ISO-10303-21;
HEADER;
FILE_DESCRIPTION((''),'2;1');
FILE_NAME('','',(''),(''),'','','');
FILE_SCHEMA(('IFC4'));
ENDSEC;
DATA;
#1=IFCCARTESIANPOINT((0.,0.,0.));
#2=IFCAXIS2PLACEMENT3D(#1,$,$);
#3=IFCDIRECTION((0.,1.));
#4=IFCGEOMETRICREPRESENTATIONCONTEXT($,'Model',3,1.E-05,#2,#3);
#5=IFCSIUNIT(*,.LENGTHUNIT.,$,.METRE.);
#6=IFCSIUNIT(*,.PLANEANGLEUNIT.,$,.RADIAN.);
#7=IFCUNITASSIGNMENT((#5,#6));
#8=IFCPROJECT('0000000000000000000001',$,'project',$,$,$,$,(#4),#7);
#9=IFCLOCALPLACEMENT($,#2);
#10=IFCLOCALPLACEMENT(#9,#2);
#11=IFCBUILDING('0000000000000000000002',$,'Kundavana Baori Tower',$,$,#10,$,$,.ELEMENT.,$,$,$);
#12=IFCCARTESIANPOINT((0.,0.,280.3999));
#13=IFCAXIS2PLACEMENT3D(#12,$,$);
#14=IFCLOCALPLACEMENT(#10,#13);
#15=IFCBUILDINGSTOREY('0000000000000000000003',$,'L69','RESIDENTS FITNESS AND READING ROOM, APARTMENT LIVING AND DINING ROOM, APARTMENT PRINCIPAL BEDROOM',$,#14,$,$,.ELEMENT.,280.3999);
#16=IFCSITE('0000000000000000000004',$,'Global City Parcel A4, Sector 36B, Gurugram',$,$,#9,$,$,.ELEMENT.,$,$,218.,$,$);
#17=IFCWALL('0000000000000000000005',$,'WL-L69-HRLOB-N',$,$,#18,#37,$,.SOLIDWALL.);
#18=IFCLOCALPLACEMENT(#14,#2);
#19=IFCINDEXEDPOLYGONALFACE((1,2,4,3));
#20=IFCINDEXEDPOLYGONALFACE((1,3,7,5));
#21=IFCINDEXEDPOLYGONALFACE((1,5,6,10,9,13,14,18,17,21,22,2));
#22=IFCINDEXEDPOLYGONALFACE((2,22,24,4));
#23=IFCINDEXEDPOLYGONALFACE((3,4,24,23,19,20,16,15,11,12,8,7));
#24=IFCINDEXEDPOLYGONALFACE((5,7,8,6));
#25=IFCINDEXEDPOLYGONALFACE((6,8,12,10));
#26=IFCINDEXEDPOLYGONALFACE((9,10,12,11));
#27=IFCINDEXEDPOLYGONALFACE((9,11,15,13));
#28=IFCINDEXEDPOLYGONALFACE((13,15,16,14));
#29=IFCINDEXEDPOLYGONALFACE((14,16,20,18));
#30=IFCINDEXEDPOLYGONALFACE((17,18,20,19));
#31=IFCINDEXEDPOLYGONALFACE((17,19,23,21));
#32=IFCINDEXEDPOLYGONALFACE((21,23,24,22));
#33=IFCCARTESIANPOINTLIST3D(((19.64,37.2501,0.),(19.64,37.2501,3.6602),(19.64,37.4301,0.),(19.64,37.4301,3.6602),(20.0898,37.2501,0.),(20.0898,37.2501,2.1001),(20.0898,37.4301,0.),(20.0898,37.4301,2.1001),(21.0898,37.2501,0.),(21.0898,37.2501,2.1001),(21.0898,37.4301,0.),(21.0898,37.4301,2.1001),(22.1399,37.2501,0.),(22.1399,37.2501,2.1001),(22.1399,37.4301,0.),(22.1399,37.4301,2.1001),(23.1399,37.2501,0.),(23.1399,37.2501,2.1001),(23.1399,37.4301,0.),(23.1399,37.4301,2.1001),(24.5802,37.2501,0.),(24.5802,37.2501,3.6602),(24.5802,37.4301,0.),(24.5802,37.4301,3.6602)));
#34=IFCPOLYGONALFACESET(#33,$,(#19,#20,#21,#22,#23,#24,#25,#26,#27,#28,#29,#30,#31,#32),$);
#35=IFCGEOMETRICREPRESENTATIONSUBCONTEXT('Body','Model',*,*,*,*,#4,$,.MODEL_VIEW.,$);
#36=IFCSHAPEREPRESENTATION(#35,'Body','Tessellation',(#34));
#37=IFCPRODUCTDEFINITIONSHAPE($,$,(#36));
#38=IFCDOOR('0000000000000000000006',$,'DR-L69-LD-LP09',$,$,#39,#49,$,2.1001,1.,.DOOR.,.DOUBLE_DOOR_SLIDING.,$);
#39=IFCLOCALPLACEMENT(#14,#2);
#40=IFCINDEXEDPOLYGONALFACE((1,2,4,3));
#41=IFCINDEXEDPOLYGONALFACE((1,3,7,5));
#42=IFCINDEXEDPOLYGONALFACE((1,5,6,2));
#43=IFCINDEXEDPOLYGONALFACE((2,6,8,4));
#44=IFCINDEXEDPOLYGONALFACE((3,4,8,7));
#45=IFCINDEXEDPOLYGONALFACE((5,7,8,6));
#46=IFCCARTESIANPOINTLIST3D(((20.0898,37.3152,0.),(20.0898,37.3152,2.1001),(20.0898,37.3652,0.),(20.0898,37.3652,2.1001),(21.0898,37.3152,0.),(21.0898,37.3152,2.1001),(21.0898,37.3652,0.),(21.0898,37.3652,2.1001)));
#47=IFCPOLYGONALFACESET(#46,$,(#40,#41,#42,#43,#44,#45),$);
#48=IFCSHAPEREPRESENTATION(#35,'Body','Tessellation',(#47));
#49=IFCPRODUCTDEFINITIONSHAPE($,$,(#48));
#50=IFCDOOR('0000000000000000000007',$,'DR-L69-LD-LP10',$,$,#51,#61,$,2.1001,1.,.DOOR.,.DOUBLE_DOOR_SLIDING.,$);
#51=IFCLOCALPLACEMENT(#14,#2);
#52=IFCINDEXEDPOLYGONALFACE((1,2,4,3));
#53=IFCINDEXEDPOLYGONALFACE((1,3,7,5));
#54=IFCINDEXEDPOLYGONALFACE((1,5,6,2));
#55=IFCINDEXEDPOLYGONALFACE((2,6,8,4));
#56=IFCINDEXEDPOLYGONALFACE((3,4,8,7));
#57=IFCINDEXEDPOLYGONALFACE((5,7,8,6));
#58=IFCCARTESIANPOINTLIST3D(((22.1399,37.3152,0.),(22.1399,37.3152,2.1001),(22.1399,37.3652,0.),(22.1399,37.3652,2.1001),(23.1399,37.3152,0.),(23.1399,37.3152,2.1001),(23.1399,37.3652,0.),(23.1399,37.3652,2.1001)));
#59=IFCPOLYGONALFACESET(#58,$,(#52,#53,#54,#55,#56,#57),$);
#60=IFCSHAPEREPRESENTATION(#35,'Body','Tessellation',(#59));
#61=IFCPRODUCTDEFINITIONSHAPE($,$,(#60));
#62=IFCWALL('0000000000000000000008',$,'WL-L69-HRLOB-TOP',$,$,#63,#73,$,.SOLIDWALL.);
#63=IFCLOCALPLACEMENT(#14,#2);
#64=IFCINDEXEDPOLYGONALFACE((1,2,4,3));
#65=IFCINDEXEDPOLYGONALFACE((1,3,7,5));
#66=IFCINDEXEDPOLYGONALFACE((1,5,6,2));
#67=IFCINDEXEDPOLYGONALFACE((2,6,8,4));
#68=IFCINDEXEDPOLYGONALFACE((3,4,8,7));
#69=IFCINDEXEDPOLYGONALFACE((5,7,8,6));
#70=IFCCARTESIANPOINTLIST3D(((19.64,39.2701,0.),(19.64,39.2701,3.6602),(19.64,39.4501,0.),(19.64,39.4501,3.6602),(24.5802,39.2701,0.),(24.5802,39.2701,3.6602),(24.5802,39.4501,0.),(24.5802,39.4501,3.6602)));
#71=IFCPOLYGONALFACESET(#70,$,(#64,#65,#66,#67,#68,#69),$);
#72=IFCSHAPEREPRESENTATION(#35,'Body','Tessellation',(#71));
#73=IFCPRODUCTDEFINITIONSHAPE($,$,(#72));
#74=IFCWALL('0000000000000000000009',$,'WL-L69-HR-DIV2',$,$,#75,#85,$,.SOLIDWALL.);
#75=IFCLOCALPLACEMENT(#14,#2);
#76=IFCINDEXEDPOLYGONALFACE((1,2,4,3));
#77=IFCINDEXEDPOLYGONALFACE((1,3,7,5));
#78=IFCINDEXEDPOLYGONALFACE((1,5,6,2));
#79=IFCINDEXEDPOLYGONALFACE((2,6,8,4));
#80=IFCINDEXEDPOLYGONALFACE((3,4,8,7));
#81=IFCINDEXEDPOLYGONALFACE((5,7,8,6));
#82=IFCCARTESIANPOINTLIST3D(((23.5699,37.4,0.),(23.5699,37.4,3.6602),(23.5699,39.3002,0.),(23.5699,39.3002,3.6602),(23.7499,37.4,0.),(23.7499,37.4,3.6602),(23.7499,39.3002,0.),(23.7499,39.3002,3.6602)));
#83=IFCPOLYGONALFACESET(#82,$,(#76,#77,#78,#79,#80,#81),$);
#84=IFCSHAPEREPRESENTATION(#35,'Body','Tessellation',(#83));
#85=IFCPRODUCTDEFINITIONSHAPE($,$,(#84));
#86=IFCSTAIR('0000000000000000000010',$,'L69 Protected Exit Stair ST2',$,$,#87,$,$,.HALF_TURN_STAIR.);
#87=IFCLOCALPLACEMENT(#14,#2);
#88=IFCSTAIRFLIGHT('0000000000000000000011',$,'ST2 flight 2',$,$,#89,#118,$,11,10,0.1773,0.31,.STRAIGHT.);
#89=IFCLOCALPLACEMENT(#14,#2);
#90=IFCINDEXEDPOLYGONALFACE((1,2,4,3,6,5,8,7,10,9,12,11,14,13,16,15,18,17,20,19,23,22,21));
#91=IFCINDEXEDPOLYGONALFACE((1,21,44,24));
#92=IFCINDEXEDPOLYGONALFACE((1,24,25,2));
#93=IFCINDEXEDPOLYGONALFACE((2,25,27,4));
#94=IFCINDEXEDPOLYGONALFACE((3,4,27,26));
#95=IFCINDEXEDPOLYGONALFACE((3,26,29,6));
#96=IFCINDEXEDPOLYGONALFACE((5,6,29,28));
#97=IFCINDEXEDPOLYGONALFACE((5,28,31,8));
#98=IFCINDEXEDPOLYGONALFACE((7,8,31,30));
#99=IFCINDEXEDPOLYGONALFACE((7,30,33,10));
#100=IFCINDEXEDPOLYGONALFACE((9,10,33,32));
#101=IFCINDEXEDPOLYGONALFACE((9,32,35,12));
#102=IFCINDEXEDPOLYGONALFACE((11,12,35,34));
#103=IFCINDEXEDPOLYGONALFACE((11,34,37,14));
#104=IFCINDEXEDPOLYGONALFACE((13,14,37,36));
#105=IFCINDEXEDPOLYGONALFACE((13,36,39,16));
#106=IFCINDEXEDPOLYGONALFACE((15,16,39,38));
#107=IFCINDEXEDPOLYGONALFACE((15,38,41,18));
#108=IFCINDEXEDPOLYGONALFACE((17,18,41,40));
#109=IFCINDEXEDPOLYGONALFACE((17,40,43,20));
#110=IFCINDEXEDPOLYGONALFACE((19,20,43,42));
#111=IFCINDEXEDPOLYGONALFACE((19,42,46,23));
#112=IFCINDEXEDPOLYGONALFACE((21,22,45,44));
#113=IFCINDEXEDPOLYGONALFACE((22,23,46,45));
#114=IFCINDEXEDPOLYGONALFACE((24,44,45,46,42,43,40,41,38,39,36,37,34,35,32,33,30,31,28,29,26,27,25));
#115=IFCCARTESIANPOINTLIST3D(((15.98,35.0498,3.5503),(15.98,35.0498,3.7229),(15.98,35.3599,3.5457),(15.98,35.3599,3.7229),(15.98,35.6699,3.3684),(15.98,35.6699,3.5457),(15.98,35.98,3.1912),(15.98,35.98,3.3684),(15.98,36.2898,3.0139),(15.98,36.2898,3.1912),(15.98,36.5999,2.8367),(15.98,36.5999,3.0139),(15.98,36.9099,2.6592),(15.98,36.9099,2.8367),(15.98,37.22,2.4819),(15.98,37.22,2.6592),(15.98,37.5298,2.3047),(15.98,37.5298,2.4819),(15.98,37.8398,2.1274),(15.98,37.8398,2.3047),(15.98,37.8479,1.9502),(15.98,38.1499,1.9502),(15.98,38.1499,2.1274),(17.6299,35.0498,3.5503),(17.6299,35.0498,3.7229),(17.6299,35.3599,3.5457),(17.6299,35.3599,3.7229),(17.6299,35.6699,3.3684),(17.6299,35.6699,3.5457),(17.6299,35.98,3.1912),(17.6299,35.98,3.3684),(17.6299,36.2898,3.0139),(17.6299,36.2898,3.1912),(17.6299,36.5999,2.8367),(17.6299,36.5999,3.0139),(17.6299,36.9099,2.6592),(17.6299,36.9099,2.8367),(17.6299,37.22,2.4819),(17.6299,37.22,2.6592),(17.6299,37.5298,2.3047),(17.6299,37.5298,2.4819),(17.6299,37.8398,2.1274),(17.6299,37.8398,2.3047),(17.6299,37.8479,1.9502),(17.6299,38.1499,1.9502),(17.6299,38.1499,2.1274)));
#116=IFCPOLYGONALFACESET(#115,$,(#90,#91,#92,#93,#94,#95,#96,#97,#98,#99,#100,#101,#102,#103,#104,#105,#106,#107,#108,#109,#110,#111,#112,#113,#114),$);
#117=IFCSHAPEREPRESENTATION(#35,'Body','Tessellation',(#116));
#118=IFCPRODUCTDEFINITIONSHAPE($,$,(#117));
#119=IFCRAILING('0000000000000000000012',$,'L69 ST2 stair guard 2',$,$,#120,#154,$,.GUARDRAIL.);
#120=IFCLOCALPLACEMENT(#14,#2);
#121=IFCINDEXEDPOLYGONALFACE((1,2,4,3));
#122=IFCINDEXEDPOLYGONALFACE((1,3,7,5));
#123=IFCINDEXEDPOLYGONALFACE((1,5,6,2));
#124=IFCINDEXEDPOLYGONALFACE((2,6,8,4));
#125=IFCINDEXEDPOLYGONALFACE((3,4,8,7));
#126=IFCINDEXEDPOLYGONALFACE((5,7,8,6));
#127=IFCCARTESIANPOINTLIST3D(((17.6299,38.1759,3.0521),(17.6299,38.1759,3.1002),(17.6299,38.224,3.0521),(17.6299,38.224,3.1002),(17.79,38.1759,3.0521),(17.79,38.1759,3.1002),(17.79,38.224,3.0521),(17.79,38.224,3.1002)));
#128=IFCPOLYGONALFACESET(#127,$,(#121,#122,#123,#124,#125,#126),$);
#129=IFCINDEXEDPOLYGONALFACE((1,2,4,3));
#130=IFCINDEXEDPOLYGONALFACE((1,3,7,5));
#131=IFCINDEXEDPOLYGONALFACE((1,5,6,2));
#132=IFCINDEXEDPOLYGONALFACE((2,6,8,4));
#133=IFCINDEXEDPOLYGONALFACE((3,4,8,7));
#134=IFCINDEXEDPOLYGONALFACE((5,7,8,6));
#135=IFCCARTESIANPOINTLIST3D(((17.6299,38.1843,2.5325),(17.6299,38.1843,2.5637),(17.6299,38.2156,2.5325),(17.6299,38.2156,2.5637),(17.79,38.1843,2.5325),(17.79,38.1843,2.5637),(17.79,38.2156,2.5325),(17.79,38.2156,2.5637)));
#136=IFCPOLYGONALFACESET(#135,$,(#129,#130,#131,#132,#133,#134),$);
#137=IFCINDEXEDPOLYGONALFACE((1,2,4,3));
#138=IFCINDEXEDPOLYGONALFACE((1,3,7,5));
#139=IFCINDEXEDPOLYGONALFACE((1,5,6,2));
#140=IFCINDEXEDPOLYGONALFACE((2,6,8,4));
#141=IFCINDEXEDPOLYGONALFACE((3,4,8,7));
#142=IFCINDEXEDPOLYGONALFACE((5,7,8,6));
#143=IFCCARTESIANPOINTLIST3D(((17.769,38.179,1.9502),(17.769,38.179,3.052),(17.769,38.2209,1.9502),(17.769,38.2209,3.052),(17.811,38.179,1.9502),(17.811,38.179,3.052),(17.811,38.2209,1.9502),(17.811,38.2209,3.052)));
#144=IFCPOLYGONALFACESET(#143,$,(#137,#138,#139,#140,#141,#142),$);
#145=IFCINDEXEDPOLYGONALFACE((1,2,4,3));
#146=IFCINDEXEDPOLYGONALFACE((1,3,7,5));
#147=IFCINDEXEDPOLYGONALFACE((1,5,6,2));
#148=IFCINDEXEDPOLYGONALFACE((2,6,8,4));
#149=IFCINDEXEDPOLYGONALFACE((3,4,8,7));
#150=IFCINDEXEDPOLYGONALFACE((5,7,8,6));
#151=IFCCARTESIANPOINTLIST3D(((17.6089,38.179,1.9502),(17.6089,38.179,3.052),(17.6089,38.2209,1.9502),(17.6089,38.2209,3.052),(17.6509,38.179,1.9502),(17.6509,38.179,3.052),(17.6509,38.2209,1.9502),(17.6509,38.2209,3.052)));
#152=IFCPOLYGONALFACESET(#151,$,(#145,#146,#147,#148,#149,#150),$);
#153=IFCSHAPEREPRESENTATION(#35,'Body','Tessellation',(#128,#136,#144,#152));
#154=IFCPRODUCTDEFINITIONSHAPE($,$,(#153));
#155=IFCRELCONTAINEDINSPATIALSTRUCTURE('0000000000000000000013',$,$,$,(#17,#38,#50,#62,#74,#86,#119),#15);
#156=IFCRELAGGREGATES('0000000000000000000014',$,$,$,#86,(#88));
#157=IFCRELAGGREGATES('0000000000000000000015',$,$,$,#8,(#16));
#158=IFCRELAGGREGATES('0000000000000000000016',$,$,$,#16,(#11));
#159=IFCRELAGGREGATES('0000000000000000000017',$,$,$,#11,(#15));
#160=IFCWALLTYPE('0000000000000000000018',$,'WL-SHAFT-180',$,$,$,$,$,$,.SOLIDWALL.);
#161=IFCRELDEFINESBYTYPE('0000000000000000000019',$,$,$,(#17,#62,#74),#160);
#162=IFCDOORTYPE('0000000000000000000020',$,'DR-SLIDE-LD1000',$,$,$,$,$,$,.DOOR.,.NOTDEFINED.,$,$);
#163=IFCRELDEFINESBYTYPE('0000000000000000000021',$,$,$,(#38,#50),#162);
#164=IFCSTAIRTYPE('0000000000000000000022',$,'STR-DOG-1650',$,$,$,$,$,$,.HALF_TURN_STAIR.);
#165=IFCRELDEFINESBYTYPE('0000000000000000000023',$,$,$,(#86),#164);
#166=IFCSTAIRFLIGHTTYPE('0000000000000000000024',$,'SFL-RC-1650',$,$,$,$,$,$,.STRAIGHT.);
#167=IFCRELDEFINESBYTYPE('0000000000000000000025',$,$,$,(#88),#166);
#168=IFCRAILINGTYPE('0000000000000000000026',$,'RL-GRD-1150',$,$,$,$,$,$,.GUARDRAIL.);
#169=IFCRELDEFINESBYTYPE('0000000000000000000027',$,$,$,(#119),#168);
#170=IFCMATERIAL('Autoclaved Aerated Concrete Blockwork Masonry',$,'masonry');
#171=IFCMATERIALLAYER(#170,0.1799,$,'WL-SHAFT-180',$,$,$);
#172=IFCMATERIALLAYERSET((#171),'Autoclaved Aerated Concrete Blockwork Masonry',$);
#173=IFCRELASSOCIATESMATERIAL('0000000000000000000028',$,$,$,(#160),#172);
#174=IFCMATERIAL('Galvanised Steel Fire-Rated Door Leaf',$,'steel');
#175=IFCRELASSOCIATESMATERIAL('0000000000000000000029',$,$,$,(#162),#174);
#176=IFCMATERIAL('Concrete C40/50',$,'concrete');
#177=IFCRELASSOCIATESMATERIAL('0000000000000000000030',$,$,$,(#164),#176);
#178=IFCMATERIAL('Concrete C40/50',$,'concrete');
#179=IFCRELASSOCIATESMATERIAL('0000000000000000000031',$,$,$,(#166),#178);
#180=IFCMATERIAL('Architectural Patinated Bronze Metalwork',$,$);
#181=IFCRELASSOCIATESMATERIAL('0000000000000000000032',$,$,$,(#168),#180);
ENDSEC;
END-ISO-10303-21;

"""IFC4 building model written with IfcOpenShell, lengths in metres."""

from ifc_helpers import new_model, si_unit, direction, frame, frame_2d, origin, origin_2d, place, context, subcontext, project, spatial, polyline, rectangle, outline, extrude, material, layer, layer_set, type_object, element, fill, aggregate, save


model = new_model("IFC4")

# Units and contexts
model_context = context("Model", 3, precision=1e-05, world=origin(), true_north=direction((0.0, 1.0)))
body_context = subcontext(model_context, "Body", "Model", "MODEL_VIEW")
ifc_project = project(units=[si_unit("LENGTHUNIT", "METRE"), si_unit("PLANEANGLEUNIT", "RADIAN")], contexts=[model_context])

# Site, building, storey
site_placement = place(None, origin())
site = spatial("IfcSite", under=ifc_project, at=site_placement, Name="Global City Parcel A4, Sector 36B, Gurugram", CompositionType="ELEMENT", RefElevation=218.0)
building_placement = place(site_placement, origin())
building = spatial("IfcBuilding", under=site, at=building_placement, Name="Kundavana Baori Tower", CompositionType="ELEMENT")
storey_placement = place(building_placement, frame((0.0, 0.0, 280.3999)))
storey = spatial("IfcBuildingStorey", under=building, at=storey_placement, Name="L69", Description="RESIDENTS FITNESS AND READING ROOM, APARTMENT LIVING AND DINING ROOM, APARTMENT PRINCIPAL BEDROOM", CompositionType="ELEMENT", Elevation=280.3999)

# Wall, openings, doors
ifc_material_1 = material(Name="Autoclaved Aerated Concrete Blockwork Masonry", Category="masonry")
ifc_layer_1 = layer(ifc_material_1, 0.1799, Name="WL-SHAFT-180")
ifc_layer_set_1 = layer_set([ifc_layer_1], Name="Autoclaved Aerated Concrete Blockwork Masonry")
wall_type_1 = type_object("IfcWallType", Name="WL-SHAFT-180", PredefinedType="SOLIDWALL", material=ifc_layer_set_1)
wall_1_placement = place(storey_placement, frame((19.6399, 37.3401, 0.0), z_axis=(0.0, 0.0, 1.0), x_axis=(1.0, 0.0, 0.0)))
wall_1 = element("IfcWall", 1, at=wall_1_placement, inside=storey, type_object=wall_type_1, Name="WL-L69-HRLOB-N", PredefinedType="SOLIDWALL", context=body_context, shape_type="SweptSolid", body=[
    extrude(rectangle(XDim=4.9402, YDim=0.1799, at=frame_2d((2.4702, 0.0))), origin(), (0.0, 0.0, 1.0), 3.6602),
])
opening_1_placement = place(wall_1_placement, frame((0.45, 0.0, 0.0)))
opening_1 = element("IfcOpeningElement", 2, at=opening_1_placement, cuts=wall_1, PredefinedType="OPENING", context=body_context, shape_type="SweptSolid", body=[
    extrude(rectangle(XDim=1.0, YDim=2.1001, at=frame_2d((0.5, 1.05))), frame((0.0, 0.1001, 0.0), z_axis=(0.0, -1.0, 0.0), x_axis=(1.0, 0.0, 0.0)), (0.0, 0.0, 1.0), 0.2),
])
opening_2_placement = place(wall_1_placement, frame((2.5, 0.0, 0.0)))
opening_2 = element("IfcOpeningElement", 3, at=opening_2_placement, cuts=wall_1, PredefinedType="OPENING", context=body_context, shape_type="SweptSolid", body=[
    extrude(rectangle(XDim=1.0, YDim=2.1001, at=frame_2d((0.5, 1.05))), frame((0.0, 0.1001, 0.0), z_axis=(0.0, -1.0, 0.0), x_axis=(1.0, 0.0, 0.0)), (0.0, 0.0, 1.0), 0.2),
])
ifc_material_2 = material(Name="Galvanised Steel Fire-Rated Door Leaf", Category="steel")
door_type = type_object("IfcDoorType", Name="DR-SLIDE-LD1000", OperationType="NOTDEFINED", PredefinedType="DOOR", material=ifc_material_2)
door_1_placement = place(opening_1_placement, frame((1.0, 0.0, 0.0), z_axis=(0.0, 0.0, 1.0), x_axis=(-1.0, 0.0, 0.0)))
door_1 = element("IfcDoor", 4, at=door_1_placement, inside=storey, type_object=door_type, Name="DR-L69-LD-LP09", OperationType="DOUBLE_DOOR_SLIDING", OverallHeight=2.1001, OverallWidth=1.0, PredefinedType="DOOR", context=body_context, shape_type="SweptSolid", body=[
    extrude(rectangle(XDim=1.0, YDim=2.1001, at=frame_2d((0.5, 1.05))), frame((0.0, 0.0249, 0.0), z_axis=(0.0, -1.0, 0.0), x_axis=(1.0, 0.0, 0.0)), (0.0, 0.0, 1.0), 0.05),
])
fill(opening_1, door_1)
door_2_placement = place(opening_2_placement, frame((1.0, 0.0, 0.0), z_axis=(0.0, 0.0, 1.0), x_axis=(-1.0, 0.0, 0.0)))
door_2 = element("IfcDoor", 5, at=door_2_placement, inside=storey, type_object=door_type, Name="DR-L69-LD-LP10", OperationType="DOUBLE_DOOR_SLIDING", OverallHeight=2.1001, OverallWidth=1.0, PredefinedType="DOOR", context=body_context, shape_type="SweptSolid", body=[
    extrude(rectangle(XDim=1.0, YDim=2.1001, at=frame_2d((0.5, 1.05))), frame((0.0, 0.0249, 0.0), z_axis=(0.0, -1.0, 0.0), x_axis=(1.0, 0.0, 0.0)), (0.0, 0.0, 1.0), 0.05),
])
fill(opening_2, door_2)

# Walls
wall_2_placement = place(storey_placement, frame((19.6399, 39.3601, 0.0), z_axis=(0.0, 0.0, 1.0), x_axis=(1.0, 0.0, 0.0)))
element("IfcWall", 6, at=wall_2_placement, inside=storey, type_object=wall_type_1, Name="WL-L69-HRLOB-TOP", PredefinedType="SOLIDWALL", context=body_context, shape_type="SweptSolid", body=[
    extrude(rectangle(XDim=4.9402, YDim=0.1799, at=frame_2d((2.4702, 0.0))), origin(), (0.0, 0.0, 1.0), 3.6602),
])
wall_3_placement = place(storey_placement, frame((23.6599, 37.3999, 0.0), z_axis=(0.0, 0.0, 1.0), x_axis=(0.0, 1.0, 0.0)))
element("IfcWall", 7, at=wall_3_placement, inside=storey, type_object=wall_type_1, Name="WL-L69-HR-DIV2", PredefinedType="SOLIDWALL", context=body_context, shape_type="SweptSolid", body=[
    extrude(rectangle(XDim=1.9001, YDim=0.1799, at=frame_2d((0.9502, 0.0))), origin(), (0.0, 0.0, 1.0), 3.6602),
])

# Stair, stair flight
ifc_material_3 = material(Name="Concrete C40/50", Category="concrete")
stair_type = type_object("IfcStairType", Name="STR-DOG-1650", PredefinedType="HALF_TURN_STAIR", material=ifc_material_3)
stair_placement = place(storey_placement, origin())
stair = element("IfcStair", 8, at=stair_placement, inside=storey, type_object=stair_type, Name="L69 Protected Exit Stair ST2", PredefinedType="HALF_TURN_STAIR")
ifc_material_4 = material(Name="Concrete C40/50", Category="concrete")
stair_flight_type = type_object("IfcStairFlightType", Name="SFL-RC-1650", PredefinedType="STRAIGHT", material=ifc_material_4)
stair_flight_placement = place(storey_placement, frame((16.8049, 38.1499, 1.9502), z_axis=(0.0, 0.0, 1.0), x_axis=(0.0, -1.0, 0.0)))
stair_flight = element("IfcStairFlight", 9, at=stair_flight_placement, type_object=stair_flight_type, Name="ST2 flight 2", NumberOfRisers=11, NumberOfTreads=10, PredefinedType="STRAIGHT", RiserHeight=0.1773, TreadLength=0.31, context=body_context, shape_type="SweptSolid", body=[
    extrude(outline(polyline([(0.0, 0.0), (0.0, 0.1772), (0.3101, 0.1772), (0.3101, 0.3545), (0.6201, 0.3545), (0.6201, 0.5317), (0.9299, 0.5317), (0.9299, 0.709), (1.24, 0.709), (1.24, 0.8865), (1.55, 0.8865), (1.55, 1.0637), (1.8601, 1.0637), (1.8601, 1.241), (2.1699, 1.241), (2.1699, 1.4182), (2.48, 1.4182), (2.48, 1.5955), (2.79, 1.5955), (2.79, 1.7727), (3.1001, 1.7727), (3.1001, 1.95), (3.1001, 1.6001), (0.302, 0.0), (0.0, 0.0)])), frame((0.0, 0.825, 0.0), z_axis=(0.0, -1.0, 0.0), x_axis=(1.0, 0.0, 0.0)), (0.0, 0.0, 1.0), 1.6499),
])
aggregate(stair, [stair_flight])

# Railing
ifc_material_5 = material(Name="Architectural Patinated Bronze Metalwork")
railing_type_1 = type_object("IfcRailingType", Name="RL-GRD-1150", PredefinedType="GUARDRAIL", material=ifc_material_5)
railing_1_placement = place(storey_placement, frame((17.79, 38.2, 1.9502)))
element("IfcRailing", 10, at=railing_1_placement, inside=storey, type_object=railing_type_1, Name="L69 ST2 stair guard 2", PredefinedType="GUARDRAIL", context=body_context, shape_type="SweptSolid", body=[
    extrude(rectangle(XDim=0.0481, YDim=0.0481, at=origin_2d()), frame((0.0, 0.0, 1.126), z_axis=(-1.0, 0.0, 0.0), x_axis=(0.0, -1.0, 0.0)), (0.0, 0.0, 1.0), 0.1602),
    extrude(rectangle(XDim=0.0312, YDim=0.0312, at=origin_2d()), frame((0.0, 0.0, 0.5979), z_axis=(-1.0, 0.0, 0.0), x_axis=(0.0, -1.0, 0.0)), (0.0, 0.0, 1.0), 0.1602),
    extrude(rectangle(XDim=0.042, YDim=0.042, at=origin_2d()), origin(), (0.0, 0.0, 1.0), 1.1018),
    extrude(rectangle(XDim=0.042, YDim=0.042, at=origin_2d()), frame((-0.1602, 0.0, 0.0)), (0.0, 0.0, 1.0), 1.1018),
])

save(model, "model.ifc")
